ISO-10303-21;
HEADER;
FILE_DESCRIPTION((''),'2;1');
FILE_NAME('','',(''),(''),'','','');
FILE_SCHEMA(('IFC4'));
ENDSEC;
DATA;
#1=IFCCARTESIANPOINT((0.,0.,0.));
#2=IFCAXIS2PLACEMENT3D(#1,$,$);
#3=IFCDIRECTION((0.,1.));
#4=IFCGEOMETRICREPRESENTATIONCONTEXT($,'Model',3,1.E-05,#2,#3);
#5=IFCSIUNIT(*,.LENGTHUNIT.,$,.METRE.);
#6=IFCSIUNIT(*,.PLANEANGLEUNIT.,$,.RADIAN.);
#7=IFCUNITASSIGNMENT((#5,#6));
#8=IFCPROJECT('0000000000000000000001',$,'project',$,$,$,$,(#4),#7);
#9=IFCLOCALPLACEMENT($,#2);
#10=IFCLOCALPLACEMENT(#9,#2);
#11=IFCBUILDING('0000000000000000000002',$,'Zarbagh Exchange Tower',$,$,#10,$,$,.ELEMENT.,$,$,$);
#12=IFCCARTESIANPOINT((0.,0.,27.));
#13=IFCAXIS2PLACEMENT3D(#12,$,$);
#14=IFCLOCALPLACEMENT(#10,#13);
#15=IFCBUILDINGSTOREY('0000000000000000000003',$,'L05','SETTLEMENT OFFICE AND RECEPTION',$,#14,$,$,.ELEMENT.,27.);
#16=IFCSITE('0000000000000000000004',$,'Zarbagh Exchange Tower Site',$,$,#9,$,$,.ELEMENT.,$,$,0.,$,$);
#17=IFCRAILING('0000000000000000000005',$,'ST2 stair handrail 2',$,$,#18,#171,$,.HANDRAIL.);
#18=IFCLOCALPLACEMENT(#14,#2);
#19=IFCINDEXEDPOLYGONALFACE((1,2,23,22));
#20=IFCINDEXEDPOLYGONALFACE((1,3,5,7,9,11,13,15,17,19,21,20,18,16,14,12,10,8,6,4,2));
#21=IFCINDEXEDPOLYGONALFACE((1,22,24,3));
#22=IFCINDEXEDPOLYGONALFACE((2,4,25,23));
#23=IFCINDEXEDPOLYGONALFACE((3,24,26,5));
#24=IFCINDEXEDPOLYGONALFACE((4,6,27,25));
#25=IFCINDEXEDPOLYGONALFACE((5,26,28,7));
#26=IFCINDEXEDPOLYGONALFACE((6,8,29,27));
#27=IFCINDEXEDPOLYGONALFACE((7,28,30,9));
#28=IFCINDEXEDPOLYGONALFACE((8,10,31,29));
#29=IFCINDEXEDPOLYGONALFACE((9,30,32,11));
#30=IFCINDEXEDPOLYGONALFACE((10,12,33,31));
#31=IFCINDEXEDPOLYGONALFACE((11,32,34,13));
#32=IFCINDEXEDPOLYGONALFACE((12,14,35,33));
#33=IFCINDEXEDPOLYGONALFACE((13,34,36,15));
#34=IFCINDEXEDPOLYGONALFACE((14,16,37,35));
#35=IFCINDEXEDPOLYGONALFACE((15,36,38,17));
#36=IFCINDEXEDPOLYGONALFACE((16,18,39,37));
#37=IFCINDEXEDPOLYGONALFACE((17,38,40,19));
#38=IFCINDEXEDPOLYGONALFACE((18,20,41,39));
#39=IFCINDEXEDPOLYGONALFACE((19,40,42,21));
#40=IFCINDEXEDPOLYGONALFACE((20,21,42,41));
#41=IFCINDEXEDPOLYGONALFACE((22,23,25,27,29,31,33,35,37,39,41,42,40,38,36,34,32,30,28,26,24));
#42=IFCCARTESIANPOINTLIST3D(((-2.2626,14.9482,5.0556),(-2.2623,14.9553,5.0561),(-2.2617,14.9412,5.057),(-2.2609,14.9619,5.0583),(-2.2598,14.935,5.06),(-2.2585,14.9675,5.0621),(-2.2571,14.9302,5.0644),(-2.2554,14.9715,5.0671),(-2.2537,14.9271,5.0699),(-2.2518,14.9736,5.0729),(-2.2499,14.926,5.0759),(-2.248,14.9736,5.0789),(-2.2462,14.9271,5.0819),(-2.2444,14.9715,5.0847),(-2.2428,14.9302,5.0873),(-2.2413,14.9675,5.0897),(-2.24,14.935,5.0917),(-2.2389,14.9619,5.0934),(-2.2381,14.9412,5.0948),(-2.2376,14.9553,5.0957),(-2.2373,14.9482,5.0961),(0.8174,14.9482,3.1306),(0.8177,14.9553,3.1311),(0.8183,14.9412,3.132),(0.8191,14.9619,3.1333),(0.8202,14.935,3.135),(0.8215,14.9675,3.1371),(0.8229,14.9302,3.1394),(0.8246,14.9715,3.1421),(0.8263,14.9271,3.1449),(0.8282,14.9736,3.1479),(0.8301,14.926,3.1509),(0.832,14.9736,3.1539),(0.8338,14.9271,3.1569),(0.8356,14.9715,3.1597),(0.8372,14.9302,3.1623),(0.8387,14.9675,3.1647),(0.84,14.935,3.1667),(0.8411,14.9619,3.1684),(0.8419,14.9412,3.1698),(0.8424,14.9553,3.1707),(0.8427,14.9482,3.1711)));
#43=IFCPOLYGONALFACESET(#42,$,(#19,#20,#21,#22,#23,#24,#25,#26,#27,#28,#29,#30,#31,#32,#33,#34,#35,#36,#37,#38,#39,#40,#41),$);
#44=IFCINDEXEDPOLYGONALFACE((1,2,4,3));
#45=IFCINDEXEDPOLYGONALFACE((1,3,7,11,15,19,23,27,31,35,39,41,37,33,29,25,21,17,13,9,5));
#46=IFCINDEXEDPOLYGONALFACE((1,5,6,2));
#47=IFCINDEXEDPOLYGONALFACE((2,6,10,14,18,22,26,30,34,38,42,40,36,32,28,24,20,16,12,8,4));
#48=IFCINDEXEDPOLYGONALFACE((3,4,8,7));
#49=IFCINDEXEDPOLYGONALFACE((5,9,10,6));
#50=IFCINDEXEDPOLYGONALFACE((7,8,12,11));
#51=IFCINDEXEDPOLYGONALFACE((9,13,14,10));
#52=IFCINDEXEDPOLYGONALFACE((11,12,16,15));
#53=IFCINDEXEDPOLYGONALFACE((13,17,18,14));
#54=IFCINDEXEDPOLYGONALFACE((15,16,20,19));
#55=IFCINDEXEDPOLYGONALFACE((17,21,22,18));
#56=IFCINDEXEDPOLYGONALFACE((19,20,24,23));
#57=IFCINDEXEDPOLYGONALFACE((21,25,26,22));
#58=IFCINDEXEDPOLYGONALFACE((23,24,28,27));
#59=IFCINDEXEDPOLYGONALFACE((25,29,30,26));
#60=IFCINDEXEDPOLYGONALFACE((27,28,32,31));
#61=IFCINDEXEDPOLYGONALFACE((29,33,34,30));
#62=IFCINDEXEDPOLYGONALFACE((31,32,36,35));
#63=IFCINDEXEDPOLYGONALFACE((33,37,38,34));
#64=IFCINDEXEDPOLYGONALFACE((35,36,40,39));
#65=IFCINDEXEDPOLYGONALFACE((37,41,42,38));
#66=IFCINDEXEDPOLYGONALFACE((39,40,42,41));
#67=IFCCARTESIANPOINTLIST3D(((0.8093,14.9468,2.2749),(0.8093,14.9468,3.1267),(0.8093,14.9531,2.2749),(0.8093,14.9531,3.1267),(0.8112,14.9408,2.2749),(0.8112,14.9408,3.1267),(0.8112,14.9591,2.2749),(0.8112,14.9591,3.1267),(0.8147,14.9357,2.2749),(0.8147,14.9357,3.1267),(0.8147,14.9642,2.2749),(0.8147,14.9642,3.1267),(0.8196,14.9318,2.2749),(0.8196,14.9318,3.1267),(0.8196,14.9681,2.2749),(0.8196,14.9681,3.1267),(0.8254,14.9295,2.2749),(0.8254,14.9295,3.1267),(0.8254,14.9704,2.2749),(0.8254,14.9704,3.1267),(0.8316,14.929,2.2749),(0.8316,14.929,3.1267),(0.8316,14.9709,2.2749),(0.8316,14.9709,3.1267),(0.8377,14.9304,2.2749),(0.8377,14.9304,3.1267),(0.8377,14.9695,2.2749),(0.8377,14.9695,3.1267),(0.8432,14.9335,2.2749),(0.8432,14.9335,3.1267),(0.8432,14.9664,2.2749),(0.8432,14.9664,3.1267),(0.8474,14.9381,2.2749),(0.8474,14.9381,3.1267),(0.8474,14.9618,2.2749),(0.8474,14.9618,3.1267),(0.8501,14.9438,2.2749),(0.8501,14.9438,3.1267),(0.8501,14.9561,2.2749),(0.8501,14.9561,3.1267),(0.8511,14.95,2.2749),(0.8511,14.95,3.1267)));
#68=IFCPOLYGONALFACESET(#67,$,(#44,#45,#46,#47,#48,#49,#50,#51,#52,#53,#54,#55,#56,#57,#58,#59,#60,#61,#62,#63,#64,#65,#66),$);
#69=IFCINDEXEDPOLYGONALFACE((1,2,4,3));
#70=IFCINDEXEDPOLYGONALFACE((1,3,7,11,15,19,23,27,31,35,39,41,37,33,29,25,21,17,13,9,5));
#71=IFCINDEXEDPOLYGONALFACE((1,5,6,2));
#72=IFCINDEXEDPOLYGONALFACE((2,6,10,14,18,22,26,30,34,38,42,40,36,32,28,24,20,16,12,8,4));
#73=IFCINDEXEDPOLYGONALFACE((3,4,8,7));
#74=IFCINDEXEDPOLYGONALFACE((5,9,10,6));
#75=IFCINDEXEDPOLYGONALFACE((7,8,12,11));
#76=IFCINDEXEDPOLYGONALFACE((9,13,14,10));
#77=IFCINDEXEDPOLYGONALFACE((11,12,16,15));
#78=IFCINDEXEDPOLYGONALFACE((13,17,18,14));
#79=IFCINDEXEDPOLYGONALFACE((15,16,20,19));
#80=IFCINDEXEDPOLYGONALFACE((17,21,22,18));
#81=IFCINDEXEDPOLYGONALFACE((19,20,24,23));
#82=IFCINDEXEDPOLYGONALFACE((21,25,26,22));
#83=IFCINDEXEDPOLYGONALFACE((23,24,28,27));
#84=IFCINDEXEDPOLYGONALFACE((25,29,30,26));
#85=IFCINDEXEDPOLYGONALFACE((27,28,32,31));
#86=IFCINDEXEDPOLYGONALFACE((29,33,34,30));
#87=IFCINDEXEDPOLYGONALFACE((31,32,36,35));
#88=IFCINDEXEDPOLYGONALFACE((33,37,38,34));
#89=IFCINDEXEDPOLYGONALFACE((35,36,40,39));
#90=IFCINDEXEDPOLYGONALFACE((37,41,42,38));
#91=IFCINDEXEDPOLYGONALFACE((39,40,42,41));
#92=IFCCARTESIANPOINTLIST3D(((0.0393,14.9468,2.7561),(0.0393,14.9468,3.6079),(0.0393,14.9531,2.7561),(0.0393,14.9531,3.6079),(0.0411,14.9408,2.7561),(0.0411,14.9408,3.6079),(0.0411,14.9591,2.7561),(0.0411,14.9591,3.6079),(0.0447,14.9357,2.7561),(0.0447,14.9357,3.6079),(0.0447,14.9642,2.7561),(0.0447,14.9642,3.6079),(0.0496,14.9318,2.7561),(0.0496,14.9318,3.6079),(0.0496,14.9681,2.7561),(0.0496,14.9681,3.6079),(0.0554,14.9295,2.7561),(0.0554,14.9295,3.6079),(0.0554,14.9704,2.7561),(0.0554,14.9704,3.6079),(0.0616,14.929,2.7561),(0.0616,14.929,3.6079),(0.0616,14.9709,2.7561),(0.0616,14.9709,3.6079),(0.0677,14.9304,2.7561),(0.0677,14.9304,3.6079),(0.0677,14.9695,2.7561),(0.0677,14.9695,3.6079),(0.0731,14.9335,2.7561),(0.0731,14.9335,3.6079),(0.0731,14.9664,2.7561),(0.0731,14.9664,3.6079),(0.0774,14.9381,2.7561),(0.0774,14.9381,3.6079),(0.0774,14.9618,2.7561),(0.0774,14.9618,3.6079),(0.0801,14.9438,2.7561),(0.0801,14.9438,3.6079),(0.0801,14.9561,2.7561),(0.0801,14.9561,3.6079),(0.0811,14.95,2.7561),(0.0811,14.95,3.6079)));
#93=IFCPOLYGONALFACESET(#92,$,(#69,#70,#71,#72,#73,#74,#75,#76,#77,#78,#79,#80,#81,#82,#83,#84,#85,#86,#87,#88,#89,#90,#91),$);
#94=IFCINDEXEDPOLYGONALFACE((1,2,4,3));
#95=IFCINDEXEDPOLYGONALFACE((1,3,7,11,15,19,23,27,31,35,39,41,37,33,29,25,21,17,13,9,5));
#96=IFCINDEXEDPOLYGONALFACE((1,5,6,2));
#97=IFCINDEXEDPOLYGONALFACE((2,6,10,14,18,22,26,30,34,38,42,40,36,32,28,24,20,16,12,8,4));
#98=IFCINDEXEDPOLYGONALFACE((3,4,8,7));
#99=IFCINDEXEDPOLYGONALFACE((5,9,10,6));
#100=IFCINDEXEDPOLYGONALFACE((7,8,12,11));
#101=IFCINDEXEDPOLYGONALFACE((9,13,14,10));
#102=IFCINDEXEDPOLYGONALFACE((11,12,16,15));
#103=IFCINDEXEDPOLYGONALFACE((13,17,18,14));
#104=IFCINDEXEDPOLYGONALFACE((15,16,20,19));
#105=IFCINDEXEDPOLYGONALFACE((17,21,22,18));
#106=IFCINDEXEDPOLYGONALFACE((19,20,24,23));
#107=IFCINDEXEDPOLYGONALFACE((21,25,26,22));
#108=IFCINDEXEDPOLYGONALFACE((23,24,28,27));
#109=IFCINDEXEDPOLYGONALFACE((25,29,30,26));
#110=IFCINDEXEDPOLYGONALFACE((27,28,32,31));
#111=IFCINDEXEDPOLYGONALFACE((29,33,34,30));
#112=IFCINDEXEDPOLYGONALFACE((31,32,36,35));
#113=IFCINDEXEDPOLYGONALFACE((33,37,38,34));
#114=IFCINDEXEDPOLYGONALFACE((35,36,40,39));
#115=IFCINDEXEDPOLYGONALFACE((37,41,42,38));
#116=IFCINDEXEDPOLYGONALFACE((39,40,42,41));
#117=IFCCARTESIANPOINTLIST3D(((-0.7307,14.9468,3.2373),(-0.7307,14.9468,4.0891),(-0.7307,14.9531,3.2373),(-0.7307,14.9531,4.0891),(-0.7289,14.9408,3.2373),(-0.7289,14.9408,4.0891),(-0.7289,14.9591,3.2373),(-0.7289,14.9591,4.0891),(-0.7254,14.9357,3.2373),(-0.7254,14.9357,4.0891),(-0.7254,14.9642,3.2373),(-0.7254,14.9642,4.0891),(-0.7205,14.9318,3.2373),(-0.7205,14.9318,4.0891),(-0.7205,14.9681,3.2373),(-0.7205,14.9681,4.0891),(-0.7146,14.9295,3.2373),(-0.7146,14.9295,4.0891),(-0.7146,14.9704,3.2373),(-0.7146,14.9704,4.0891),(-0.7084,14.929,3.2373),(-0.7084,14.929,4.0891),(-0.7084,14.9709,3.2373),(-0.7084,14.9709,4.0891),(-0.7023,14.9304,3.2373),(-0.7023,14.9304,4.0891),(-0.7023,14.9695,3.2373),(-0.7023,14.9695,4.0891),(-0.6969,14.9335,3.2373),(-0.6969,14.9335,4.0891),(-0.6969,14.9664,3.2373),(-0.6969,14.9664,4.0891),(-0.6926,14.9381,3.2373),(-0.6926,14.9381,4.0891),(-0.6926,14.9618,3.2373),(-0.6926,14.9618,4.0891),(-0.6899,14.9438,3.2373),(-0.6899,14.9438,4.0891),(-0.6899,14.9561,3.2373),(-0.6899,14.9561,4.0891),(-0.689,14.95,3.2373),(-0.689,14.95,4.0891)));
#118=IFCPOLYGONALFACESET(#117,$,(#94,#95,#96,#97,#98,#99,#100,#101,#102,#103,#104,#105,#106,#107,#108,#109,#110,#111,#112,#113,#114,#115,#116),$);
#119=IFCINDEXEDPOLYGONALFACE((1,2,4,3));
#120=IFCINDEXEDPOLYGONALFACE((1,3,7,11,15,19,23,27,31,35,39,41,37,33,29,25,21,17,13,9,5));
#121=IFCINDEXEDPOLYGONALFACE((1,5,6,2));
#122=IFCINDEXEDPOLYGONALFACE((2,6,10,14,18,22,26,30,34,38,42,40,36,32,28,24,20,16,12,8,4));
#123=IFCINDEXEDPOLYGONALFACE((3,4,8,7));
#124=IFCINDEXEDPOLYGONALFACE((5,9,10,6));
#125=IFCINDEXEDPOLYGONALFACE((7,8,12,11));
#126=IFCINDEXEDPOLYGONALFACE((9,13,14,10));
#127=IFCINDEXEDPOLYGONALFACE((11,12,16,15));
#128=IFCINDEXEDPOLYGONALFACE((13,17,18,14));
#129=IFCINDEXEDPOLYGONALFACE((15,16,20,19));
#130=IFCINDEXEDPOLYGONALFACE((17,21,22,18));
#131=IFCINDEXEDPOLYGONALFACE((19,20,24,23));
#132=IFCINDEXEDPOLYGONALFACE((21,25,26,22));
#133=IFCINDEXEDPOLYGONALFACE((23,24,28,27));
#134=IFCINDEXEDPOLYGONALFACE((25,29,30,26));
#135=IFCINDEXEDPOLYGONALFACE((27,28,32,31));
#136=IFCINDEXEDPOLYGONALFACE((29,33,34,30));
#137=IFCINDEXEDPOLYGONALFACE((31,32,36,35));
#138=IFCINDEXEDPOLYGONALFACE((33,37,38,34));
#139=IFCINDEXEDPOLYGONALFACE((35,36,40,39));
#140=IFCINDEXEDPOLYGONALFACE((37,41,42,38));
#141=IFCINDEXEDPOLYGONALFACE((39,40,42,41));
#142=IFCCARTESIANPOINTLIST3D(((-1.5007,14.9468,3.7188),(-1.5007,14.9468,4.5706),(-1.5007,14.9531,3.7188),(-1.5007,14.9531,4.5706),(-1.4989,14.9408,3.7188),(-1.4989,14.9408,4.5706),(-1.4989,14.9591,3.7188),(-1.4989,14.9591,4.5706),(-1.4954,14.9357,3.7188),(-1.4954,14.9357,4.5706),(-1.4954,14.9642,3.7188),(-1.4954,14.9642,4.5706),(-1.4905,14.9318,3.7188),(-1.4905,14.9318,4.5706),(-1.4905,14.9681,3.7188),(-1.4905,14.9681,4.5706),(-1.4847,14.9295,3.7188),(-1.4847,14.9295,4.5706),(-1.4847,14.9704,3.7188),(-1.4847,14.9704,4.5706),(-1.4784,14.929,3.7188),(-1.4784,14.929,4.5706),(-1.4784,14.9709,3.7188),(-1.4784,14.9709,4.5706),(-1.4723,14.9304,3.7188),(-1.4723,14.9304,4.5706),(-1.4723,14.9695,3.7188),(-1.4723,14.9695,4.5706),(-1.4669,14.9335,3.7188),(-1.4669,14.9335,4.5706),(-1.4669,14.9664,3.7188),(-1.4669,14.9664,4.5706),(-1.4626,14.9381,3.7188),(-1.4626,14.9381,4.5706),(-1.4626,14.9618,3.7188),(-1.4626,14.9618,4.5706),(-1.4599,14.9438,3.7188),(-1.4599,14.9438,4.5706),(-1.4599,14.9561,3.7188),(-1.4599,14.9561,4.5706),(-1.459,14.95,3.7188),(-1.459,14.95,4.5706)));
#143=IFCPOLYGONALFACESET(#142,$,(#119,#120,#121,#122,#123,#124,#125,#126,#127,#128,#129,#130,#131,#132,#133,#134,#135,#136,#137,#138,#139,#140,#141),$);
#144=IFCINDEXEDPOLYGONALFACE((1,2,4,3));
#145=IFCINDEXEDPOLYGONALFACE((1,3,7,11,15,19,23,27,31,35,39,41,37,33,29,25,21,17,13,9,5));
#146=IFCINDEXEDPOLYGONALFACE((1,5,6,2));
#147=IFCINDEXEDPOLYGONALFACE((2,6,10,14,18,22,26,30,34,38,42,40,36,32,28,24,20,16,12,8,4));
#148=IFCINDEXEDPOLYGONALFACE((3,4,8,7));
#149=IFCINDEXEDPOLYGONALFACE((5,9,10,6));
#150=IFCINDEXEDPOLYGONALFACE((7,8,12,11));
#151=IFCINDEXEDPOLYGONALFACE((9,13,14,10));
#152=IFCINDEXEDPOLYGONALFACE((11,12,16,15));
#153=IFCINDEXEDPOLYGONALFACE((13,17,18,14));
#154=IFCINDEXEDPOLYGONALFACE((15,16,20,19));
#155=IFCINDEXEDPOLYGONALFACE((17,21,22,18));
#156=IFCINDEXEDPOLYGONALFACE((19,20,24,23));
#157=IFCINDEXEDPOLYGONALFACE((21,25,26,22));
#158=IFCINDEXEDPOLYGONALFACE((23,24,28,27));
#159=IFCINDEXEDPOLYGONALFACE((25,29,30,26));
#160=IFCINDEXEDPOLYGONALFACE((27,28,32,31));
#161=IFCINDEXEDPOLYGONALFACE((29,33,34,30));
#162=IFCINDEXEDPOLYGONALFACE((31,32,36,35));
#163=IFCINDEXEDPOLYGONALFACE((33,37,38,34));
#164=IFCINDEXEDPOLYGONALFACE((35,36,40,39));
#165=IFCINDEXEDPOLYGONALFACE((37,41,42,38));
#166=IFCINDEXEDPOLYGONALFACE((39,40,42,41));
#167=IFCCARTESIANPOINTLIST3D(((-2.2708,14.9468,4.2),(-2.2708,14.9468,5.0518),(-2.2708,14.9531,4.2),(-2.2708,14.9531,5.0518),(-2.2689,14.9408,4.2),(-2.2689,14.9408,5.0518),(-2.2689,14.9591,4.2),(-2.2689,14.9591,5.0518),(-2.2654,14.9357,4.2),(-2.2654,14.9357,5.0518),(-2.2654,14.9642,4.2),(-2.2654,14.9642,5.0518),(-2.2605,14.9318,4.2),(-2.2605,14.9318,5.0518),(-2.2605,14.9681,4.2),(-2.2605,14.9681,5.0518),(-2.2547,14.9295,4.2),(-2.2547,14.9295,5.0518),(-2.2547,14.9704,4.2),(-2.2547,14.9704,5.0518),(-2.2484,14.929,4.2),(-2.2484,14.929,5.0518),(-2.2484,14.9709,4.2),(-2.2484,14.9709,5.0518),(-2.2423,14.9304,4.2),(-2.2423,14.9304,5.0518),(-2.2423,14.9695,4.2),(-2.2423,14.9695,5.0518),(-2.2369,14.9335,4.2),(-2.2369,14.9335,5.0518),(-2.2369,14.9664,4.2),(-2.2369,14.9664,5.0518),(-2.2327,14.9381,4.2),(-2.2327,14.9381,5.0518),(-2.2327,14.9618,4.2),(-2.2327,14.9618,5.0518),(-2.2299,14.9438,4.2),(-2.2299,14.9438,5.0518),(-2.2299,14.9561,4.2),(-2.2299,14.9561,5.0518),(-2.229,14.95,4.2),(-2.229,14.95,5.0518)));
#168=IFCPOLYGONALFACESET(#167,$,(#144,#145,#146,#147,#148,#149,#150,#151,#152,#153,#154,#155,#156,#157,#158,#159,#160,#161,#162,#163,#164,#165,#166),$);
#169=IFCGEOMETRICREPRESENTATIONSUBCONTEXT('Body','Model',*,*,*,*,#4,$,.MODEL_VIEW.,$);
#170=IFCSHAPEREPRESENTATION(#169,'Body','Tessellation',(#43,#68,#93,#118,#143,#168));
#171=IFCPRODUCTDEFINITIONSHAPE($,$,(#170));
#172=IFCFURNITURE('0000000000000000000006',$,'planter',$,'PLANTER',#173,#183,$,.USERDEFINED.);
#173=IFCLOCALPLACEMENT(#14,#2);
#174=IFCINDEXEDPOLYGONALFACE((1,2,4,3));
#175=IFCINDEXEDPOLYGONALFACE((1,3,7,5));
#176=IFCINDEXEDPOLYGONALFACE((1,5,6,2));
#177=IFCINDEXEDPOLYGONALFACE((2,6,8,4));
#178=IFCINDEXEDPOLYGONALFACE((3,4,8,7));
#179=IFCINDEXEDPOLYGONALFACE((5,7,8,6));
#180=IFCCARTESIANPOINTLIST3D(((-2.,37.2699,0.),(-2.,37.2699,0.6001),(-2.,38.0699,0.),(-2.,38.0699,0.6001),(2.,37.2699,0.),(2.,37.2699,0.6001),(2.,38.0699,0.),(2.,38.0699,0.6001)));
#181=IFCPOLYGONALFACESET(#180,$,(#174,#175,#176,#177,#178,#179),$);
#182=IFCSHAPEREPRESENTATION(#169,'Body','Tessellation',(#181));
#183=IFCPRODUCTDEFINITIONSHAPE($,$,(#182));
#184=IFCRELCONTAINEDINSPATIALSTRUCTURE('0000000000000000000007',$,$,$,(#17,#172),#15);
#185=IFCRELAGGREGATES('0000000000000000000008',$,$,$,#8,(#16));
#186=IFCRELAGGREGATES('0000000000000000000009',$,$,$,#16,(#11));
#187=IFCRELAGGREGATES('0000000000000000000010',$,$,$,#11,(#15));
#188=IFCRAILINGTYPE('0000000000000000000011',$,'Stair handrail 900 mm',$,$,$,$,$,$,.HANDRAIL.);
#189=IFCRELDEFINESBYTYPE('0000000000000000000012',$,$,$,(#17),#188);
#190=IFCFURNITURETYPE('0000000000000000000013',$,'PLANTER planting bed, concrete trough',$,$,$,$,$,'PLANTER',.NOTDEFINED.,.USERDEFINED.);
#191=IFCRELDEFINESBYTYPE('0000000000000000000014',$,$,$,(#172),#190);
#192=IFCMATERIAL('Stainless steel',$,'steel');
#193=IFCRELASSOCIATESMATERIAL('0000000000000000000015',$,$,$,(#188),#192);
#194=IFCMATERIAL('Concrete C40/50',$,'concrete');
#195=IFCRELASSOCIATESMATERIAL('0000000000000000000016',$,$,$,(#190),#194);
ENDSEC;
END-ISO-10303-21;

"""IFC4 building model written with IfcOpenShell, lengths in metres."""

from ifc_helpers import new_model, si_unit, direction, frame, origin, origin_2d, place, context, subcontext, project, spatial, rectangle, circle, extrude, material, type_object, element, save


model = new_model("IFC4")

# Units and contexts
model_context = context("Model", 3, precision=1e-05, world=origin(), true_north=direction((0.0, 1.0)))
body_context = subcontext(model_context, "Body", "Model", "MODEL_VIEW")
ifc_project = project(units=[si_unit("LENGTHUNIT", "METRE"), si_unit("PLANEANGLEUNIT", "RADIAN")], contexts=[model_context])

# Site, building, storey
site_placement = place(None, origin())
site = spatial("IfcSite", under=ifc_project, at=site_placement, Name="Zarbagh Exchange Tower Site", CompositionType="ELEMENT", RefElevation=0.0)
building_placement = place(site_placement, origin())
building = spatial("IfcBuilding", under=site, at=building_placement, Name="Zarbagh Exchange Tower", CompositionType="ELEMENT")
storey_placement = place(building_placement, frame((0.0, 0.0, 27.0)))
storey = spatial("IfcBuildingStorey", under=building, at=storey_placement, Name="L05", Description="SETTLEMENT OFFICE AND RECEPTION", CompositionType="ELEMENT", Elevation=27.0)

# Shared definitions
ifc_material_1 = material(Name="Concrete C40/50", Category="concrete")

# Shared definitions
ifc_material_2 = material(Name="Stainless steel", Category="steel")

# Railing
railing_type_1 = type_object("IfcRailingType", Name="Stair handrail 900 mm", PredefinedType="HANDRAIL", material=ifc_material_2)
railing_1_placement = place(storey_placement, frame((0.8301, 14.95, 2.2749)))
element("IfcRailing", 1, at=railing_1_placement, inside=storey, type_object=railing_type_1, Name="ST2 stair handrail 2", PredefinedType="HANDRAIL", context=body_context, shape_type="SweptSolid", body=[
    extrude(circle(Radius=0.0239, at=origin_2d()), frame((0.0, 0.0, 0.876), z_axis=(-0.847998, 0.0, 0.529999), x_axis=(0.0, -1.0, 0.0)), (0.0, 0.0, 1.0), 3.6321),
    extrude(circle(Radius=0.021, at=origin_2d()), origin(), (0.0, 0.0, 1.0), 0.8518),
    extrude(circle(Radius=0.021, at=origin_2d()), frame((-0.77, 0.0, 0.4812)), (0.0, 0.0, 1.0), 0.8518),
    extrude(circle(Radius=0.021, at=origin_2d()), frame((-1.54, 0.0, 0.9624)), (0.0, 0.0, 1.0), 0.8518),
    extrude(circle(Radius=0.021, at=origin_2d()), frame((-2.3101, 0.0, 1.4438)), (0.0, 0.0, 1.0), 0.8518),
    extrude(circle(Radius=0.021, at=origin_2d()), frame((-3.0801, 0.0, 1.925)), (0.0, 0.0, 1.0), 0.8518),
])

# Furniture
furniture_type = type_object("IfcFurnitureType", Name="PLANTER planting bed, concrete trough", ElementType="PLANTER", AssemblyPlace="NOTDEFINED", PredefinedType="USERDEFINED", material=ifc_material_1)
furniture_placement = place(storey_placement, frame((0.0, 37.6699, 0.0), z_axis=(0.0, 0.0, 1.0), x_axis=(1.0, 0.0, 0.0)))
element("IfcFurniture", 2, at=furniture_placement, inside=storey, type_object=furniture_type, Name="planter", ObjectType="PLANTER", PredefinedType="USERDEFINED", context=body_context, shape_type="SweptSolid", body=[
    extrude(rectangle(XDim=4.0, YDim=0.8, at=origin_2d()), origin(), (0.0, 0.0, 1.0), 0.6001),
])

save(model, "model.ifc")
